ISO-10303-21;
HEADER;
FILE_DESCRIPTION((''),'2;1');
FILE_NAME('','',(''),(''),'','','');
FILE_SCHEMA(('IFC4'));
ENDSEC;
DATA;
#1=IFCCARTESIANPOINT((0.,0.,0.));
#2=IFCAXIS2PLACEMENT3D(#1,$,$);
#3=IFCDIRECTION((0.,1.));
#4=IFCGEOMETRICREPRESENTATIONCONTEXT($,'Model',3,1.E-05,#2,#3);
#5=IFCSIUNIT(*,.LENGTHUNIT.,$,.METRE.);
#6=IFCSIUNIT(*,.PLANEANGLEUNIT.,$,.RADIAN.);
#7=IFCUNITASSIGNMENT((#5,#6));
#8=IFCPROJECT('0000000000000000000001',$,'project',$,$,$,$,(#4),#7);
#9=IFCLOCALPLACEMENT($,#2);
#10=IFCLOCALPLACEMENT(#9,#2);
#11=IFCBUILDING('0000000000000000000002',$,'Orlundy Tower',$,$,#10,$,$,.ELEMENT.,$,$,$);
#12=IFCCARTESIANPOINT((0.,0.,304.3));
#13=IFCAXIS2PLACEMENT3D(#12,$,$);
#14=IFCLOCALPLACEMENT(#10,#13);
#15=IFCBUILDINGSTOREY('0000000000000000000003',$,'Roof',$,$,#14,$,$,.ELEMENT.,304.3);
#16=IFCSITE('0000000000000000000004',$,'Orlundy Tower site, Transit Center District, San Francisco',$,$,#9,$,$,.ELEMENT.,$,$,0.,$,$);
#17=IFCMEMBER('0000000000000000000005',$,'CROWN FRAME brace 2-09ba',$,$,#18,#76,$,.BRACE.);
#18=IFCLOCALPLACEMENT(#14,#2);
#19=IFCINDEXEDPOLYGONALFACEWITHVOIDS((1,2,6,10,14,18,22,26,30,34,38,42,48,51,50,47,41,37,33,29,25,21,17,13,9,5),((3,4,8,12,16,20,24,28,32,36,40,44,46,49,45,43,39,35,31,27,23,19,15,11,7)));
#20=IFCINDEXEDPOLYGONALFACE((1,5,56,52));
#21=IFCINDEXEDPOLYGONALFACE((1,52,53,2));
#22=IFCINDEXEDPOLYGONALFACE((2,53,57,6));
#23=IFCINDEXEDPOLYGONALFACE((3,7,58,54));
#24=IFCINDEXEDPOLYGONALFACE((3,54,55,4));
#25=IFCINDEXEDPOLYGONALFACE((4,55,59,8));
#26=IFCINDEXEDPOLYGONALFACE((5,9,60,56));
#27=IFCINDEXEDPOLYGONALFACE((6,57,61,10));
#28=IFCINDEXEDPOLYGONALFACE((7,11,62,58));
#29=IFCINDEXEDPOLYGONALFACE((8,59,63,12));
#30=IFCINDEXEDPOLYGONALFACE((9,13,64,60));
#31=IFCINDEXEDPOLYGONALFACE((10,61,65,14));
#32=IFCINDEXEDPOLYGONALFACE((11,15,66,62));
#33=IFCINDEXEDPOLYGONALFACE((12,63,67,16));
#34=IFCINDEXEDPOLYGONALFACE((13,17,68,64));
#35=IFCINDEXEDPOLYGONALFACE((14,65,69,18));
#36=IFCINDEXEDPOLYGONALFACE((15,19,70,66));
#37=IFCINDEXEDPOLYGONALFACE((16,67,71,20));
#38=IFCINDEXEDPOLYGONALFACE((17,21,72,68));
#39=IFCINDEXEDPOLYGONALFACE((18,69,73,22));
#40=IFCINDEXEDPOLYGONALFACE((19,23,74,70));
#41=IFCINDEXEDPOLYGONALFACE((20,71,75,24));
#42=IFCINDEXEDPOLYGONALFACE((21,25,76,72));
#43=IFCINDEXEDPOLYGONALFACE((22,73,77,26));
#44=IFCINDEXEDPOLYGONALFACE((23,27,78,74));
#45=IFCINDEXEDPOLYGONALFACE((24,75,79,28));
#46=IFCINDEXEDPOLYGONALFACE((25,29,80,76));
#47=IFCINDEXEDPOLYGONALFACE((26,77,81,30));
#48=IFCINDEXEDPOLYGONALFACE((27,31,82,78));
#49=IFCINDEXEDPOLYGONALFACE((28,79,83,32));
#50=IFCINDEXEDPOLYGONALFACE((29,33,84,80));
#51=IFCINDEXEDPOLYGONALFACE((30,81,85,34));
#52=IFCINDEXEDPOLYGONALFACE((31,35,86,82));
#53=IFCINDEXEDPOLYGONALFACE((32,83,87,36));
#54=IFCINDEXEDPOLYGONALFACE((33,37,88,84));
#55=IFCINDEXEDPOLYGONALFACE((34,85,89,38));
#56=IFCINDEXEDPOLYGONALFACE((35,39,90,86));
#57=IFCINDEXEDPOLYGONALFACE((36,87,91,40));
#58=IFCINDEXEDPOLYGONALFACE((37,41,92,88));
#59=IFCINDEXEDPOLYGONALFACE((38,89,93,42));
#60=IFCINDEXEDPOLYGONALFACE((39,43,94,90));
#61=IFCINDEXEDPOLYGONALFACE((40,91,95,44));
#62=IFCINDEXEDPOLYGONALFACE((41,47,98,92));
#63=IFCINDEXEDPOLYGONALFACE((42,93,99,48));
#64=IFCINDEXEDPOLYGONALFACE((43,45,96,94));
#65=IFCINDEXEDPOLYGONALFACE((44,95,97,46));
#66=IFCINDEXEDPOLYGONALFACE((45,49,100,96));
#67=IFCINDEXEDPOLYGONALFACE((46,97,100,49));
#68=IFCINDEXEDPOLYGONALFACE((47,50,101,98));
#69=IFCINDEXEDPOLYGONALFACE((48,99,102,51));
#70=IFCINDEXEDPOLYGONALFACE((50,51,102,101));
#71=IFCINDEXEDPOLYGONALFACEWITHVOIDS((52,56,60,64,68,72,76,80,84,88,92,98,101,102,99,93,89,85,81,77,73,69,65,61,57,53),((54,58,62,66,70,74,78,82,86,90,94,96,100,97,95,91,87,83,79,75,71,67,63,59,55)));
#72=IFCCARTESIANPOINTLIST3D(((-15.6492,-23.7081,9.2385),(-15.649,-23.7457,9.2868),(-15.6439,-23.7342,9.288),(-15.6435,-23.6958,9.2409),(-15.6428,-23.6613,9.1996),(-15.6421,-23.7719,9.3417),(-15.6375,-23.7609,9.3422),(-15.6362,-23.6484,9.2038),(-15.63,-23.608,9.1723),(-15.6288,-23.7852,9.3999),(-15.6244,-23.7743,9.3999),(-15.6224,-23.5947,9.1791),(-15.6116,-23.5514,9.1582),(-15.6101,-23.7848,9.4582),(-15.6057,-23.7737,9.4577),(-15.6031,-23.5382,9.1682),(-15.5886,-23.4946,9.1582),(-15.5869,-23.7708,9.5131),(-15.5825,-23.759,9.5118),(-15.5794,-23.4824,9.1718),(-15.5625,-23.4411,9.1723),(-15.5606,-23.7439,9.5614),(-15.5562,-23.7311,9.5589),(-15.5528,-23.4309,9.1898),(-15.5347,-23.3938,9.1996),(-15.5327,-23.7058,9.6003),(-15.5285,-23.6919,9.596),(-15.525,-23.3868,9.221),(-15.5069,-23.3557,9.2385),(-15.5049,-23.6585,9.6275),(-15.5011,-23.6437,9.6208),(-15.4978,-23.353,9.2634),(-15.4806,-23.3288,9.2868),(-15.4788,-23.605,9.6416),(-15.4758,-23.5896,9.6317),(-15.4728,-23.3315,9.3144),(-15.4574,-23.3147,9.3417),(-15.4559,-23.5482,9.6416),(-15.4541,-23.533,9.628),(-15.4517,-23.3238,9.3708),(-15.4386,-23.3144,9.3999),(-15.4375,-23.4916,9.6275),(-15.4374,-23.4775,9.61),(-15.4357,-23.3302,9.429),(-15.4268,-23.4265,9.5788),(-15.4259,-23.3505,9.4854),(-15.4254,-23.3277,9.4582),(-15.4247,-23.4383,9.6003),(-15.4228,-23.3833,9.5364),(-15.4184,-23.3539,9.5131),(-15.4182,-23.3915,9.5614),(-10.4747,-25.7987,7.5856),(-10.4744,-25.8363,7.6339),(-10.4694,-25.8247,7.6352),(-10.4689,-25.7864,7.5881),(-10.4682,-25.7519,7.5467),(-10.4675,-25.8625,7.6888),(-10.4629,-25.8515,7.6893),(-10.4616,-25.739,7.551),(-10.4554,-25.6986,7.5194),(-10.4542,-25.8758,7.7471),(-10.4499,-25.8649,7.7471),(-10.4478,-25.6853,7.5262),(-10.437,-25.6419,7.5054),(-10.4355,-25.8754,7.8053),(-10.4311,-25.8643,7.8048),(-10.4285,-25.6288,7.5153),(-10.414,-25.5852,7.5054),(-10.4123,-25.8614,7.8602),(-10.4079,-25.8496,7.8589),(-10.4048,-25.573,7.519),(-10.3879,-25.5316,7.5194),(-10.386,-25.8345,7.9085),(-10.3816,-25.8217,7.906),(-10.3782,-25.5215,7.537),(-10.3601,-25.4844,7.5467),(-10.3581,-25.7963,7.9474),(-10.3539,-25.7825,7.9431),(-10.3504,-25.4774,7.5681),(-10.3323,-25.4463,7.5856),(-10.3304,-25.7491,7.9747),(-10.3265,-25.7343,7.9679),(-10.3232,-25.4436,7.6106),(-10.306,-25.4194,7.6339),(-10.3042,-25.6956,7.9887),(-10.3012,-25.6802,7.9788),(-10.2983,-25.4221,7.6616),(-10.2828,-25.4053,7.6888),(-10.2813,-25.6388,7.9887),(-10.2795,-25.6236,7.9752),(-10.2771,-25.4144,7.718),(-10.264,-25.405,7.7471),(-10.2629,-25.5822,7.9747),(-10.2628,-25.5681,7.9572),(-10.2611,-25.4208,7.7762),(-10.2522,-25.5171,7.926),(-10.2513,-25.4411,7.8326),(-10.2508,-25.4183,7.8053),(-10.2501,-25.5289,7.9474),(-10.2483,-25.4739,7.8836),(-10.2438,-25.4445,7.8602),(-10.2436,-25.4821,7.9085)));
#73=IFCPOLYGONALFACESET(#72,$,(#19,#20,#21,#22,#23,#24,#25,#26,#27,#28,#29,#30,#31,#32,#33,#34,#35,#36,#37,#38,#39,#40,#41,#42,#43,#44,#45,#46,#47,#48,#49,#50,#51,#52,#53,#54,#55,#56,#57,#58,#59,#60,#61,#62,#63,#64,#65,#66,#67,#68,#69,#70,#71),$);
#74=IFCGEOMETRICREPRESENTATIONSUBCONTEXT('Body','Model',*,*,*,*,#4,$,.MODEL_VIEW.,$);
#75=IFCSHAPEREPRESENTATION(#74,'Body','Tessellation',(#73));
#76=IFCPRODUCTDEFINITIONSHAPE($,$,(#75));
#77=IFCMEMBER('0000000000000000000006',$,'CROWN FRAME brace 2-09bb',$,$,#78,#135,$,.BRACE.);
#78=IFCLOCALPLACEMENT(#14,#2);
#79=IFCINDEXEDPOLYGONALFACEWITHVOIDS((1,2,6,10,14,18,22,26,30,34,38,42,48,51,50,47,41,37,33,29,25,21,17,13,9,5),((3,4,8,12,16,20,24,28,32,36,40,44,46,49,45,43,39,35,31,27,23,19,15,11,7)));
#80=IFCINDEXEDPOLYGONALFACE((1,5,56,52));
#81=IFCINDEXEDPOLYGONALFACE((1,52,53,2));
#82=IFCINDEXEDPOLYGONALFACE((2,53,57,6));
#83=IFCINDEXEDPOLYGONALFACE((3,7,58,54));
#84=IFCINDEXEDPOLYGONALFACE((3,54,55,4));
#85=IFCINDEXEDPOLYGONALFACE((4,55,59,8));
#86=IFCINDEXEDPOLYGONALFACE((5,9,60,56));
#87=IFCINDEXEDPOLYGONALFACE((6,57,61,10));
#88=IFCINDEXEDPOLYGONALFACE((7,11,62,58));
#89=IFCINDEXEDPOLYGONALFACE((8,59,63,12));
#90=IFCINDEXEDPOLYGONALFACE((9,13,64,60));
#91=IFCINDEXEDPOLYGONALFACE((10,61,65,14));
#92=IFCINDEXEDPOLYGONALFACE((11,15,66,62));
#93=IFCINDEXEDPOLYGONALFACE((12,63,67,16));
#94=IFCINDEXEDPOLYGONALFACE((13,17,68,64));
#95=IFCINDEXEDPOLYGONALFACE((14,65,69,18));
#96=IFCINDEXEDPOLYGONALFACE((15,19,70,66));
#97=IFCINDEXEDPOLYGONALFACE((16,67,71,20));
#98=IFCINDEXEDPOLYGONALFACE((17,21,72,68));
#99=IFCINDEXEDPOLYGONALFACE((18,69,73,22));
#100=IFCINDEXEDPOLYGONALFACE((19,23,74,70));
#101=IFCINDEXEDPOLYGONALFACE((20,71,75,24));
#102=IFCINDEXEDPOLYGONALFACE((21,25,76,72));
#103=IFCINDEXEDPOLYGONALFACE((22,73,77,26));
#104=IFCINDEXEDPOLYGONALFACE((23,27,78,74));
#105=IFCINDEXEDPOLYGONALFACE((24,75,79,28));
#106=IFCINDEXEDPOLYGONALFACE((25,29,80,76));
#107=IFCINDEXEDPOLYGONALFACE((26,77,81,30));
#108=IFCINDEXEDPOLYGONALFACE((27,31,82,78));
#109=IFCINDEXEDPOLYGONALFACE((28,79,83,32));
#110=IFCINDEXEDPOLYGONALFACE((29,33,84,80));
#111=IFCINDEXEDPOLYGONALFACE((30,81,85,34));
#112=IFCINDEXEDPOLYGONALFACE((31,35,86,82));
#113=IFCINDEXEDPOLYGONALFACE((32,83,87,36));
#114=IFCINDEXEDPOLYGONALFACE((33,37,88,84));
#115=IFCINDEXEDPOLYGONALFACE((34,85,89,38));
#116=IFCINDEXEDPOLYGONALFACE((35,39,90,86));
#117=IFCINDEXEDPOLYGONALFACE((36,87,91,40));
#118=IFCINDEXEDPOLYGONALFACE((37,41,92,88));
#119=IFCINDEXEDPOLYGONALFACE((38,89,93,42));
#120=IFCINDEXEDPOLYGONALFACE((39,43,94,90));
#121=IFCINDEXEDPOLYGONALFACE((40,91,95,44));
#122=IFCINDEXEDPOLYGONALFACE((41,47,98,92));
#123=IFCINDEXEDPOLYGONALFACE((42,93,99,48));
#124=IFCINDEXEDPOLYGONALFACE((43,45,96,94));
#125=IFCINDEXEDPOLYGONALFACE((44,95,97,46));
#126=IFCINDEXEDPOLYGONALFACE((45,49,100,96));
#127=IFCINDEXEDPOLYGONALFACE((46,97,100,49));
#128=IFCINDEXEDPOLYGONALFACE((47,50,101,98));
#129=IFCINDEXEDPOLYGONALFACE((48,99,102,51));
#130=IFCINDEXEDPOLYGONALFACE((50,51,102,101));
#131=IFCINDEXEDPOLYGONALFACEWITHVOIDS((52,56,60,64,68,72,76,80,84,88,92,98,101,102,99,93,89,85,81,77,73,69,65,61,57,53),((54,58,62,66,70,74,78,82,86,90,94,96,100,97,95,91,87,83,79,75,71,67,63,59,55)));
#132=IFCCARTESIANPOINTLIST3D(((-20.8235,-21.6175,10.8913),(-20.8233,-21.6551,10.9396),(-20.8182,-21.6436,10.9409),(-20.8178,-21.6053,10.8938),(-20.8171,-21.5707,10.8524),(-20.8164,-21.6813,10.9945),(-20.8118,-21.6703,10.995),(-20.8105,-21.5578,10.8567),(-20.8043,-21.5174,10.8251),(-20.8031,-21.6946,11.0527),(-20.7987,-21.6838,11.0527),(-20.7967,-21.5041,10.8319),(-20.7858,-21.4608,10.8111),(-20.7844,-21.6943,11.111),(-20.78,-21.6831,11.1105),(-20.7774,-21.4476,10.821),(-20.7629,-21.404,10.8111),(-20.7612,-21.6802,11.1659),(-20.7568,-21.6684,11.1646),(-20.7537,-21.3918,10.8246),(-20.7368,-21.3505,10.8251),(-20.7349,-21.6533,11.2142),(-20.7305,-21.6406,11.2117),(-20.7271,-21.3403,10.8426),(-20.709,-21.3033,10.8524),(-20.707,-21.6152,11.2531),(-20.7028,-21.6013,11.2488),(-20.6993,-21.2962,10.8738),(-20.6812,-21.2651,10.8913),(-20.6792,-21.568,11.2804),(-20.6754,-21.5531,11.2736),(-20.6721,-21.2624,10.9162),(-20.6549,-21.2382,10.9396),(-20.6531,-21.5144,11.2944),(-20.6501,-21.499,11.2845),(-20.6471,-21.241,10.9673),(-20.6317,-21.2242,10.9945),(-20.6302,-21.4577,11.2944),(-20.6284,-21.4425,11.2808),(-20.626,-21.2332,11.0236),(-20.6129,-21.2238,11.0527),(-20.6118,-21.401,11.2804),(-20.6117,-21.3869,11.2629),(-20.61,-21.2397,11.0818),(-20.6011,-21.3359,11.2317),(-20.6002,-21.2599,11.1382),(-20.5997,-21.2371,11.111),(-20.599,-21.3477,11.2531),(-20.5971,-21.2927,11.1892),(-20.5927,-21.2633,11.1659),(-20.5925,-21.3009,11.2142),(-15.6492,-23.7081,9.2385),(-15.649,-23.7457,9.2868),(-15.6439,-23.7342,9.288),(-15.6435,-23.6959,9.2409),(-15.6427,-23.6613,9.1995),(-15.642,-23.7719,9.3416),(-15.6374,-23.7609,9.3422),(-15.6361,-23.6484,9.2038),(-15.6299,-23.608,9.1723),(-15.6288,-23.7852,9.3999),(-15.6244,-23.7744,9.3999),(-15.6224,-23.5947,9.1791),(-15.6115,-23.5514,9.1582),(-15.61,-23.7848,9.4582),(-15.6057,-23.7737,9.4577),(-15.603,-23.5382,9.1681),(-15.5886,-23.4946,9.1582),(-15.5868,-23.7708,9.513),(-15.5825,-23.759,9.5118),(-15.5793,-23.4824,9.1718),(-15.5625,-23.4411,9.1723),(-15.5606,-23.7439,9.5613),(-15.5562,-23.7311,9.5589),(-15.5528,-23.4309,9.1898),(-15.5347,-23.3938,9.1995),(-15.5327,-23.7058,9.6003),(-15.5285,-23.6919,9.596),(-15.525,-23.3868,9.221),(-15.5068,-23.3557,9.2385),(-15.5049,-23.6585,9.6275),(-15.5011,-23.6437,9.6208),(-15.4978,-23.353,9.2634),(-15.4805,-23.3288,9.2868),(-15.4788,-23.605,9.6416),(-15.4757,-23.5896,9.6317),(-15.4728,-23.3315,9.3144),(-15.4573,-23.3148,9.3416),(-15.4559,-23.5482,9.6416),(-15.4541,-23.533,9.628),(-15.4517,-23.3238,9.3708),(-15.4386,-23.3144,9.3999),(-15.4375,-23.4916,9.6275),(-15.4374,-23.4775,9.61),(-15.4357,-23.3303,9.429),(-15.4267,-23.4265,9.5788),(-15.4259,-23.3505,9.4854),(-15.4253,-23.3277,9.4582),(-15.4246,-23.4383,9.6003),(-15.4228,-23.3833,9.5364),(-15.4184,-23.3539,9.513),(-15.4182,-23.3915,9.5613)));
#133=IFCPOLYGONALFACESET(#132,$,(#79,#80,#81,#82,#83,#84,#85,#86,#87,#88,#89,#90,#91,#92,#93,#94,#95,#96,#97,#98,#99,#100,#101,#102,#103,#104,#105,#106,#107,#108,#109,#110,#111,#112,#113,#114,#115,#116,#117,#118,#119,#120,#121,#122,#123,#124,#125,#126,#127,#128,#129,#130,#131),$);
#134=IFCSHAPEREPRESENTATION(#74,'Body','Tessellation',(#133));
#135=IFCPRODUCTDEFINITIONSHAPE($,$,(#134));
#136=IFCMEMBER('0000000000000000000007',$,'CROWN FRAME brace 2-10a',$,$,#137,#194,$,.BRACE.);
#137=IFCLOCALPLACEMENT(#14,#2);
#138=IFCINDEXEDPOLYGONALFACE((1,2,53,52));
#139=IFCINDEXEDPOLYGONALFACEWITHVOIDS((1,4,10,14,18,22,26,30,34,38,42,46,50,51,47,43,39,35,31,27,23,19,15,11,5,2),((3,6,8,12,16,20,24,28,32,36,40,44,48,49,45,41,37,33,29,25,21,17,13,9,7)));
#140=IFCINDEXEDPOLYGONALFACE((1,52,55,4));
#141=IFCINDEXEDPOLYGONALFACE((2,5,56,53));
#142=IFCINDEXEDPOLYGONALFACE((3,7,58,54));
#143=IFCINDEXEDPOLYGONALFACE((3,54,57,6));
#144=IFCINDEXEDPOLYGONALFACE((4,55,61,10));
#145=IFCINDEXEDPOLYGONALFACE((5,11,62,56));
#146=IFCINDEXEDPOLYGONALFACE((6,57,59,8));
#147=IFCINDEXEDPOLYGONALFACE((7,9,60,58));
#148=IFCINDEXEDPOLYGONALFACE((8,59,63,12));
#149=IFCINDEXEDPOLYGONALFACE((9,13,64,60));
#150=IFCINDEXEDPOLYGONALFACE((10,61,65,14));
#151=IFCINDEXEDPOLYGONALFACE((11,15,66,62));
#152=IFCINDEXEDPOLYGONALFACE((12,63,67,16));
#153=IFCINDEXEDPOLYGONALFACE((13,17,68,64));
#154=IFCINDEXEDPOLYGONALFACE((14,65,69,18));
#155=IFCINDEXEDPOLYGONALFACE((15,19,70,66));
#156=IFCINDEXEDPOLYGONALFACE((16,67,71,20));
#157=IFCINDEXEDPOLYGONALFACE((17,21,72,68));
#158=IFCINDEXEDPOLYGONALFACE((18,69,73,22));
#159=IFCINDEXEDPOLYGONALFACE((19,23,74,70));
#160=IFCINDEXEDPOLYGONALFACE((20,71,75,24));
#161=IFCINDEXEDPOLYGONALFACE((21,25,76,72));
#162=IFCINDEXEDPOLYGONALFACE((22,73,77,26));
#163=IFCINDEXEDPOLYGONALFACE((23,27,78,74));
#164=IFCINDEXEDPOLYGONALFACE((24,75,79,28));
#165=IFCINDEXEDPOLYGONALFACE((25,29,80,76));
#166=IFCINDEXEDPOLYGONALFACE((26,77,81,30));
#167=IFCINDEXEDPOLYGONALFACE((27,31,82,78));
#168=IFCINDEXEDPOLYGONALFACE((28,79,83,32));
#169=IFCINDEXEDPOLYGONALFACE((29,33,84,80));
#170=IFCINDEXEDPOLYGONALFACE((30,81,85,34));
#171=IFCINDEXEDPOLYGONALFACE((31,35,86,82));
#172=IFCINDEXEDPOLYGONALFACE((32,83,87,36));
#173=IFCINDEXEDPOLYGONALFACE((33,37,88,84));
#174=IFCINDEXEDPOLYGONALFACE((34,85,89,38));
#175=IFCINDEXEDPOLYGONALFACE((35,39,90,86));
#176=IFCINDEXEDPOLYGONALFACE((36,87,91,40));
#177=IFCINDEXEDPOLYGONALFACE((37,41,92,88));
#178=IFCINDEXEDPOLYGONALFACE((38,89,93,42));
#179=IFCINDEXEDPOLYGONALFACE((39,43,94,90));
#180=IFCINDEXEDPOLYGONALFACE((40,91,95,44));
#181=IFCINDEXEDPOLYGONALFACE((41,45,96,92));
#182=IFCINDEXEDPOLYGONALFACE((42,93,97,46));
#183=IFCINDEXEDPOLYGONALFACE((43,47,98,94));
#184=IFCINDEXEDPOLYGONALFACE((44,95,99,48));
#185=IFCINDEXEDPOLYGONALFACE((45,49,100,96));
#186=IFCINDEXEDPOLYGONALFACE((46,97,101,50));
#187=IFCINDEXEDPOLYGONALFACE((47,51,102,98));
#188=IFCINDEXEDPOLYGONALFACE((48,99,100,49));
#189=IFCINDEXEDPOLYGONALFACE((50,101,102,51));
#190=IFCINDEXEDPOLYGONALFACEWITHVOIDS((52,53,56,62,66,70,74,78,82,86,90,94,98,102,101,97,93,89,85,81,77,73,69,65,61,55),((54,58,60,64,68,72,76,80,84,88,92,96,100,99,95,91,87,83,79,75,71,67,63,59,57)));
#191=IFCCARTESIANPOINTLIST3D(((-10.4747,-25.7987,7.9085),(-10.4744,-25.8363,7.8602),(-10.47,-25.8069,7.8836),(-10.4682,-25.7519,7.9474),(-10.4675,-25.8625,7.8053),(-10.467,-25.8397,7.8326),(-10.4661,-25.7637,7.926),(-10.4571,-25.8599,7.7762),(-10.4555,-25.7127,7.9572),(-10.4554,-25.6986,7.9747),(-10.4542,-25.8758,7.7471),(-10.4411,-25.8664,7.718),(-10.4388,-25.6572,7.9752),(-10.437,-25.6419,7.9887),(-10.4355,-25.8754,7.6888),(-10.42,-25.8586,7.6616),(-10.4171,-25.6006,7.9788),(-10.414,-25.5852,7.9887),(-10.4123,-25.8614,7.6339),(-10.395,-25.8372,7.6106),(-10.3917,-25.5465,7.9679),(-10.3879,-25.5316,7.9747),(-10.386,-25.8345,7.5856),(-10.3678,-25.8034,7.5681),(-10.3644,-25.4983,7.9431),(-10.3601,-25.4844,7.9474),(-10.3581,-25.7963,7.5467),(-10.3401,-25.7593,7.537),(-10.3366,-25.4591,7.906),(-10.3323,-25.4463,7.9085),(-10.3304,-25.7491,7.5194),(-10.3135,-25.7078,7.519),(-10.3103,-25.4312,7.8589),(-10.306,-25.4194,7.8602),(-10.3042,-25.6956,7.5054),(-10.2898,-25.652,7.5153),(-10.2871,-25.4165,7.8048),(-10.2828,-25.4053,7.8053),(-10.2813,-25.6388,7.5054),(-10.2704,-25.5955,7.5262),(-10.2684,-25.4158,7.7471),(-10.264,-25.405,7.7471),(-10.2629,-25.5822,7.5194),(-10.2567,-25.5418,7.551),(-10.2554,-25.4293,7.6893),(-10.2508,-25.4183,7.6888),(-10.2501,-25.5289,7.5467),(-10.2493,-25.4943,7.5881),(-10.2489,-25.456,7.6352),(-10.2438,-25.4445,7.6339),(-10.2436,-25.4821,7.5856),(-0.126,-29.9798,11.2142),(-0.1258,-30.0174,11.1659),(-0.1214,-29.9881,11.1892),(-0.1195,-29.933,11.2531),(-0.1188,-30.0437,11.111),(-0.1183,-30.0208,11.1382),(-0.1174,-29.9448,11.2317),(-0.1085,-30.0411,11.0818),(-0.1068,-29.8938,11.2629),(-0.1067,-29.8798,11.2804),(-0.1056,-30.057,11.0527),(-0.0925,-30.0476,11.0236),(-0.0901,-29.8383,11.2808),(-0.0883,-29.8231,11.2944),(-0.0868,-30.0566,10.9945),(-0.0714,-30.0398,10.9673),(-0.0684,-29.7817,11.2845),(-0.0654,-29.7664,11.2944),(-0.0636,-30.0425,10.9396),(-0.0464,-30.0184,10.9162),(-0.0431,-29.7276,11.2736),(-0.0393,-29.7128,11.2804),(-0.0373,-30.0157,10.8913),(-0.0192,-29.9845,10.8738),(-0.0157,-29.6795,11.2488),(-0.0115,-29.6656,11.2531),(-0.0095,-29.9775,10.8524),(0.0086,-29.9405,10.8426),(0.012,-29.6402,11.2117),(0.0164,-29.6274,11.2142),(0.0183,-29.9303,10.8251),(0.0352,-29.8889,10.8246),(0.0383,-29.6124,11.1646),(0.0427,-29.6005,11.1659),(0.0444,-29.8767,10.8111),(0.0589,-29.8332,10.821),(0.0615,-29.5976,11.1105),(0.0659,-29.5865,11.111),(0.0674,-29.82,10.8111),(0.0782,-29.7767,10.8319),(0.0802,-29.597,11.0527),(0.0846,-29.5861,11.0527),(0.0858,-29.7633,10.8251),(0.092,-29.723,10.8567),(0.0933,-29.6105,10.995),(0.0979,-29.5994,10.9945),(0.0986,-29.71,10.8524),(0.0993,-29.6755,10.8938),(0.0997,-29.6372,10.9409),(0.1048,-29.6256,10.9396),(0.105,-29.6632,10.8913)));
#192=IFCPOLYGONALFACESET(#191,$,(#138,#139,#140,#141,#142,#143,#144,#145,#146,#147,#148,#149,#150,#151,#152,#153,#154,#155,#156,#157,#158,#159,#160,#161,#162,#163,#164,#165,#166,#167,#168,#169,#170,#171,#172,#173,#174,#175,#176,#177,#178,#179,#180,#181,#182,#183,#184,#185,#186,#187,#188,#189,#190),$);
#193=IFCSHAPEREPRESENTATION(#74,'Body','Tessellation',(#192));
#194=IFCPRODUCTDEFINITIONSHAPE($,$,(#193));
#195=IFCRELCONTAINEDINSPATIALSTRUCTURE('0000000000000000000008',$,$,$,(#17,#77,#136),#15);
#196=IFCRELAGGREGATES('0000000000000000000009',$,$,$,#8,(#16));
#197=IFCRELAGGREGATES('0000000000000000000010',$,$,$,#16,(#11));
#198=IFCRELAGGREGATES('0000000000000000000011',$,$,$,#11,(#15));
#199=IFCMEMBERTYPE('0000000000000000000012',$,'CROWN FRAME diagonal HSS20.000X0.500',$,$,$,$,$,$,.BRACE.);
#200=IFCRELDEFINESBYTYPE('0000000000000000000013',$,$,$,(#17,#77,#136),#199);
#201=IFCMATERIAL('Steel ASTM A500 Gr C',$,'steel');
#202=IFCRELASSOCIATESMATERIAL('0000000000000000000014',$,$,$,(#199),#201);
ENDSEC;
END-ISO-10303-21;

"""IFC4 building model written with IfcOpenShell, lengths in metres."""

from ifc_helpers import new_model, si_unit, direction, frame, origin, origin_2d, place, context, subcontext, project, spatial, hollow_circle, extrude, material, material_profile, profile_set, type_object, element, save


model = new_model("IFC4")

# Units and contexts
model_context = context("Model", 3, precision=1e-05, world=origin(), true_north=direction((0.0, 1.0)))
body_context = subcontext(model_context, "Body", "Model", "MODEL_VIEW")
ifc_project = project(units=[si_unit("LENGTHUNIT", "METRE"), si_unit("PLANEANGLEUNIT", "RADIAN")], contexts=[model_context])

# Site, building, storey
site_placement = place(None, origin())
site = spatial("IfcSite", under=ifc_project, at=site_placement, Name="Orlundy Tower site, Transit Center District, San Francisco", CompositionType="ELEMENT", RefElevation=0.0)
building_placement = place(site_placement, origin())
building = spatial("IfcBuilding", under=site, at=building_placement, Name="Orlundy Tower", CompositionType="ELEMENT")
storey_placement = place(building_placement, frame((0.0, 0.0, 304.3)))
storey = spatial("IfcBuildingStorey", under=building, at=storey_placement, Name="Roof", CompositionType="ELEMENT", Elevation=304.3)

# Members
ifc_material_1 = material(Name="Steel ASTM A500 Gr C", Category="steel")
ifc_material_profile_1 = material_profile(ifc_material_1, hollow_circle(Radius=0.2539, WallThickness=0.0117, at=origin_2d()), Name="HSS20.000X0.500")
ifc_profile_set_1 = profile_set([ifc_material_profile_1], Name="Steel ASTM A500 Gr C")
member_type_1 = type_object("IfcMemberType", Name="CROWN FRAME diagonal HSS20.000X0.500", PredefinedType="BRACE", material=ifc_profile_set_1)
member_1_placement = place(storey_placement, frame((-10.3591, -25.6404, 7.7471), z_axis=(-0.88902, 0.359174, 0.283966), x_axis=(-0.374594, -0.927189, 0.0)))
element("IfcMember", 1, at=member_1_placement, inside=storey, type_object=member_type_1, Name="CROWN FRAME brace 2-09ba", PredefinedType="BRACE", context=body_context, shape_type="SweptSolid", body=[
    extrude(hollow_circle(Radius=0.2539, WallThickness=0.0117, at=origin_2d()), origin(), (0.0, 0.0, 1.0), 5.8206),
])
member_2_placement = place(storey_placement, frame((-15.5337, -23.5498, 9.3999), z_axis=(-0.889012, 0.359187, 0.283977), x_axis=(-0.374609, -0.927183, 0.0)))
element("IfcMember", 2, at=member_2_placement, inside=storey, type_object=member_type_1, Name="CROWN FRAME brace 2-09bb", PredefinedType="BRACE", context=body_context, shape_type="SweptSolid", body=[
    extrude(hollow_circle(Radius=0.2539, WallThickness=0.0117, at=origin_2d()), origin(), (0.0, 0.0, 1.0), 5.8203),
])
member_3_placement = place(storey_placement, frame((-10.3591, -25.6404, 7.7471), z_axis=(0.889012, -0.359187, 0.283977), x_axis=(0.374609, 0.927183, 0.0)))
element("IfcMember", 3, at=member_3_placement, inside=storey, type_object=member_type_1, Name="CROWN FRAME brace 2-10a", PredefinedType="BRACE", context=body_context, shape_type="SweptSolid", body=[
    extrude(hollow_circle(Radius=0.2539, WallThickness=0.0117, at=origin_2d()), origin(), (0.0, 0.0, 1.0), 11.6406),
])

save(model, "model.ifc")
